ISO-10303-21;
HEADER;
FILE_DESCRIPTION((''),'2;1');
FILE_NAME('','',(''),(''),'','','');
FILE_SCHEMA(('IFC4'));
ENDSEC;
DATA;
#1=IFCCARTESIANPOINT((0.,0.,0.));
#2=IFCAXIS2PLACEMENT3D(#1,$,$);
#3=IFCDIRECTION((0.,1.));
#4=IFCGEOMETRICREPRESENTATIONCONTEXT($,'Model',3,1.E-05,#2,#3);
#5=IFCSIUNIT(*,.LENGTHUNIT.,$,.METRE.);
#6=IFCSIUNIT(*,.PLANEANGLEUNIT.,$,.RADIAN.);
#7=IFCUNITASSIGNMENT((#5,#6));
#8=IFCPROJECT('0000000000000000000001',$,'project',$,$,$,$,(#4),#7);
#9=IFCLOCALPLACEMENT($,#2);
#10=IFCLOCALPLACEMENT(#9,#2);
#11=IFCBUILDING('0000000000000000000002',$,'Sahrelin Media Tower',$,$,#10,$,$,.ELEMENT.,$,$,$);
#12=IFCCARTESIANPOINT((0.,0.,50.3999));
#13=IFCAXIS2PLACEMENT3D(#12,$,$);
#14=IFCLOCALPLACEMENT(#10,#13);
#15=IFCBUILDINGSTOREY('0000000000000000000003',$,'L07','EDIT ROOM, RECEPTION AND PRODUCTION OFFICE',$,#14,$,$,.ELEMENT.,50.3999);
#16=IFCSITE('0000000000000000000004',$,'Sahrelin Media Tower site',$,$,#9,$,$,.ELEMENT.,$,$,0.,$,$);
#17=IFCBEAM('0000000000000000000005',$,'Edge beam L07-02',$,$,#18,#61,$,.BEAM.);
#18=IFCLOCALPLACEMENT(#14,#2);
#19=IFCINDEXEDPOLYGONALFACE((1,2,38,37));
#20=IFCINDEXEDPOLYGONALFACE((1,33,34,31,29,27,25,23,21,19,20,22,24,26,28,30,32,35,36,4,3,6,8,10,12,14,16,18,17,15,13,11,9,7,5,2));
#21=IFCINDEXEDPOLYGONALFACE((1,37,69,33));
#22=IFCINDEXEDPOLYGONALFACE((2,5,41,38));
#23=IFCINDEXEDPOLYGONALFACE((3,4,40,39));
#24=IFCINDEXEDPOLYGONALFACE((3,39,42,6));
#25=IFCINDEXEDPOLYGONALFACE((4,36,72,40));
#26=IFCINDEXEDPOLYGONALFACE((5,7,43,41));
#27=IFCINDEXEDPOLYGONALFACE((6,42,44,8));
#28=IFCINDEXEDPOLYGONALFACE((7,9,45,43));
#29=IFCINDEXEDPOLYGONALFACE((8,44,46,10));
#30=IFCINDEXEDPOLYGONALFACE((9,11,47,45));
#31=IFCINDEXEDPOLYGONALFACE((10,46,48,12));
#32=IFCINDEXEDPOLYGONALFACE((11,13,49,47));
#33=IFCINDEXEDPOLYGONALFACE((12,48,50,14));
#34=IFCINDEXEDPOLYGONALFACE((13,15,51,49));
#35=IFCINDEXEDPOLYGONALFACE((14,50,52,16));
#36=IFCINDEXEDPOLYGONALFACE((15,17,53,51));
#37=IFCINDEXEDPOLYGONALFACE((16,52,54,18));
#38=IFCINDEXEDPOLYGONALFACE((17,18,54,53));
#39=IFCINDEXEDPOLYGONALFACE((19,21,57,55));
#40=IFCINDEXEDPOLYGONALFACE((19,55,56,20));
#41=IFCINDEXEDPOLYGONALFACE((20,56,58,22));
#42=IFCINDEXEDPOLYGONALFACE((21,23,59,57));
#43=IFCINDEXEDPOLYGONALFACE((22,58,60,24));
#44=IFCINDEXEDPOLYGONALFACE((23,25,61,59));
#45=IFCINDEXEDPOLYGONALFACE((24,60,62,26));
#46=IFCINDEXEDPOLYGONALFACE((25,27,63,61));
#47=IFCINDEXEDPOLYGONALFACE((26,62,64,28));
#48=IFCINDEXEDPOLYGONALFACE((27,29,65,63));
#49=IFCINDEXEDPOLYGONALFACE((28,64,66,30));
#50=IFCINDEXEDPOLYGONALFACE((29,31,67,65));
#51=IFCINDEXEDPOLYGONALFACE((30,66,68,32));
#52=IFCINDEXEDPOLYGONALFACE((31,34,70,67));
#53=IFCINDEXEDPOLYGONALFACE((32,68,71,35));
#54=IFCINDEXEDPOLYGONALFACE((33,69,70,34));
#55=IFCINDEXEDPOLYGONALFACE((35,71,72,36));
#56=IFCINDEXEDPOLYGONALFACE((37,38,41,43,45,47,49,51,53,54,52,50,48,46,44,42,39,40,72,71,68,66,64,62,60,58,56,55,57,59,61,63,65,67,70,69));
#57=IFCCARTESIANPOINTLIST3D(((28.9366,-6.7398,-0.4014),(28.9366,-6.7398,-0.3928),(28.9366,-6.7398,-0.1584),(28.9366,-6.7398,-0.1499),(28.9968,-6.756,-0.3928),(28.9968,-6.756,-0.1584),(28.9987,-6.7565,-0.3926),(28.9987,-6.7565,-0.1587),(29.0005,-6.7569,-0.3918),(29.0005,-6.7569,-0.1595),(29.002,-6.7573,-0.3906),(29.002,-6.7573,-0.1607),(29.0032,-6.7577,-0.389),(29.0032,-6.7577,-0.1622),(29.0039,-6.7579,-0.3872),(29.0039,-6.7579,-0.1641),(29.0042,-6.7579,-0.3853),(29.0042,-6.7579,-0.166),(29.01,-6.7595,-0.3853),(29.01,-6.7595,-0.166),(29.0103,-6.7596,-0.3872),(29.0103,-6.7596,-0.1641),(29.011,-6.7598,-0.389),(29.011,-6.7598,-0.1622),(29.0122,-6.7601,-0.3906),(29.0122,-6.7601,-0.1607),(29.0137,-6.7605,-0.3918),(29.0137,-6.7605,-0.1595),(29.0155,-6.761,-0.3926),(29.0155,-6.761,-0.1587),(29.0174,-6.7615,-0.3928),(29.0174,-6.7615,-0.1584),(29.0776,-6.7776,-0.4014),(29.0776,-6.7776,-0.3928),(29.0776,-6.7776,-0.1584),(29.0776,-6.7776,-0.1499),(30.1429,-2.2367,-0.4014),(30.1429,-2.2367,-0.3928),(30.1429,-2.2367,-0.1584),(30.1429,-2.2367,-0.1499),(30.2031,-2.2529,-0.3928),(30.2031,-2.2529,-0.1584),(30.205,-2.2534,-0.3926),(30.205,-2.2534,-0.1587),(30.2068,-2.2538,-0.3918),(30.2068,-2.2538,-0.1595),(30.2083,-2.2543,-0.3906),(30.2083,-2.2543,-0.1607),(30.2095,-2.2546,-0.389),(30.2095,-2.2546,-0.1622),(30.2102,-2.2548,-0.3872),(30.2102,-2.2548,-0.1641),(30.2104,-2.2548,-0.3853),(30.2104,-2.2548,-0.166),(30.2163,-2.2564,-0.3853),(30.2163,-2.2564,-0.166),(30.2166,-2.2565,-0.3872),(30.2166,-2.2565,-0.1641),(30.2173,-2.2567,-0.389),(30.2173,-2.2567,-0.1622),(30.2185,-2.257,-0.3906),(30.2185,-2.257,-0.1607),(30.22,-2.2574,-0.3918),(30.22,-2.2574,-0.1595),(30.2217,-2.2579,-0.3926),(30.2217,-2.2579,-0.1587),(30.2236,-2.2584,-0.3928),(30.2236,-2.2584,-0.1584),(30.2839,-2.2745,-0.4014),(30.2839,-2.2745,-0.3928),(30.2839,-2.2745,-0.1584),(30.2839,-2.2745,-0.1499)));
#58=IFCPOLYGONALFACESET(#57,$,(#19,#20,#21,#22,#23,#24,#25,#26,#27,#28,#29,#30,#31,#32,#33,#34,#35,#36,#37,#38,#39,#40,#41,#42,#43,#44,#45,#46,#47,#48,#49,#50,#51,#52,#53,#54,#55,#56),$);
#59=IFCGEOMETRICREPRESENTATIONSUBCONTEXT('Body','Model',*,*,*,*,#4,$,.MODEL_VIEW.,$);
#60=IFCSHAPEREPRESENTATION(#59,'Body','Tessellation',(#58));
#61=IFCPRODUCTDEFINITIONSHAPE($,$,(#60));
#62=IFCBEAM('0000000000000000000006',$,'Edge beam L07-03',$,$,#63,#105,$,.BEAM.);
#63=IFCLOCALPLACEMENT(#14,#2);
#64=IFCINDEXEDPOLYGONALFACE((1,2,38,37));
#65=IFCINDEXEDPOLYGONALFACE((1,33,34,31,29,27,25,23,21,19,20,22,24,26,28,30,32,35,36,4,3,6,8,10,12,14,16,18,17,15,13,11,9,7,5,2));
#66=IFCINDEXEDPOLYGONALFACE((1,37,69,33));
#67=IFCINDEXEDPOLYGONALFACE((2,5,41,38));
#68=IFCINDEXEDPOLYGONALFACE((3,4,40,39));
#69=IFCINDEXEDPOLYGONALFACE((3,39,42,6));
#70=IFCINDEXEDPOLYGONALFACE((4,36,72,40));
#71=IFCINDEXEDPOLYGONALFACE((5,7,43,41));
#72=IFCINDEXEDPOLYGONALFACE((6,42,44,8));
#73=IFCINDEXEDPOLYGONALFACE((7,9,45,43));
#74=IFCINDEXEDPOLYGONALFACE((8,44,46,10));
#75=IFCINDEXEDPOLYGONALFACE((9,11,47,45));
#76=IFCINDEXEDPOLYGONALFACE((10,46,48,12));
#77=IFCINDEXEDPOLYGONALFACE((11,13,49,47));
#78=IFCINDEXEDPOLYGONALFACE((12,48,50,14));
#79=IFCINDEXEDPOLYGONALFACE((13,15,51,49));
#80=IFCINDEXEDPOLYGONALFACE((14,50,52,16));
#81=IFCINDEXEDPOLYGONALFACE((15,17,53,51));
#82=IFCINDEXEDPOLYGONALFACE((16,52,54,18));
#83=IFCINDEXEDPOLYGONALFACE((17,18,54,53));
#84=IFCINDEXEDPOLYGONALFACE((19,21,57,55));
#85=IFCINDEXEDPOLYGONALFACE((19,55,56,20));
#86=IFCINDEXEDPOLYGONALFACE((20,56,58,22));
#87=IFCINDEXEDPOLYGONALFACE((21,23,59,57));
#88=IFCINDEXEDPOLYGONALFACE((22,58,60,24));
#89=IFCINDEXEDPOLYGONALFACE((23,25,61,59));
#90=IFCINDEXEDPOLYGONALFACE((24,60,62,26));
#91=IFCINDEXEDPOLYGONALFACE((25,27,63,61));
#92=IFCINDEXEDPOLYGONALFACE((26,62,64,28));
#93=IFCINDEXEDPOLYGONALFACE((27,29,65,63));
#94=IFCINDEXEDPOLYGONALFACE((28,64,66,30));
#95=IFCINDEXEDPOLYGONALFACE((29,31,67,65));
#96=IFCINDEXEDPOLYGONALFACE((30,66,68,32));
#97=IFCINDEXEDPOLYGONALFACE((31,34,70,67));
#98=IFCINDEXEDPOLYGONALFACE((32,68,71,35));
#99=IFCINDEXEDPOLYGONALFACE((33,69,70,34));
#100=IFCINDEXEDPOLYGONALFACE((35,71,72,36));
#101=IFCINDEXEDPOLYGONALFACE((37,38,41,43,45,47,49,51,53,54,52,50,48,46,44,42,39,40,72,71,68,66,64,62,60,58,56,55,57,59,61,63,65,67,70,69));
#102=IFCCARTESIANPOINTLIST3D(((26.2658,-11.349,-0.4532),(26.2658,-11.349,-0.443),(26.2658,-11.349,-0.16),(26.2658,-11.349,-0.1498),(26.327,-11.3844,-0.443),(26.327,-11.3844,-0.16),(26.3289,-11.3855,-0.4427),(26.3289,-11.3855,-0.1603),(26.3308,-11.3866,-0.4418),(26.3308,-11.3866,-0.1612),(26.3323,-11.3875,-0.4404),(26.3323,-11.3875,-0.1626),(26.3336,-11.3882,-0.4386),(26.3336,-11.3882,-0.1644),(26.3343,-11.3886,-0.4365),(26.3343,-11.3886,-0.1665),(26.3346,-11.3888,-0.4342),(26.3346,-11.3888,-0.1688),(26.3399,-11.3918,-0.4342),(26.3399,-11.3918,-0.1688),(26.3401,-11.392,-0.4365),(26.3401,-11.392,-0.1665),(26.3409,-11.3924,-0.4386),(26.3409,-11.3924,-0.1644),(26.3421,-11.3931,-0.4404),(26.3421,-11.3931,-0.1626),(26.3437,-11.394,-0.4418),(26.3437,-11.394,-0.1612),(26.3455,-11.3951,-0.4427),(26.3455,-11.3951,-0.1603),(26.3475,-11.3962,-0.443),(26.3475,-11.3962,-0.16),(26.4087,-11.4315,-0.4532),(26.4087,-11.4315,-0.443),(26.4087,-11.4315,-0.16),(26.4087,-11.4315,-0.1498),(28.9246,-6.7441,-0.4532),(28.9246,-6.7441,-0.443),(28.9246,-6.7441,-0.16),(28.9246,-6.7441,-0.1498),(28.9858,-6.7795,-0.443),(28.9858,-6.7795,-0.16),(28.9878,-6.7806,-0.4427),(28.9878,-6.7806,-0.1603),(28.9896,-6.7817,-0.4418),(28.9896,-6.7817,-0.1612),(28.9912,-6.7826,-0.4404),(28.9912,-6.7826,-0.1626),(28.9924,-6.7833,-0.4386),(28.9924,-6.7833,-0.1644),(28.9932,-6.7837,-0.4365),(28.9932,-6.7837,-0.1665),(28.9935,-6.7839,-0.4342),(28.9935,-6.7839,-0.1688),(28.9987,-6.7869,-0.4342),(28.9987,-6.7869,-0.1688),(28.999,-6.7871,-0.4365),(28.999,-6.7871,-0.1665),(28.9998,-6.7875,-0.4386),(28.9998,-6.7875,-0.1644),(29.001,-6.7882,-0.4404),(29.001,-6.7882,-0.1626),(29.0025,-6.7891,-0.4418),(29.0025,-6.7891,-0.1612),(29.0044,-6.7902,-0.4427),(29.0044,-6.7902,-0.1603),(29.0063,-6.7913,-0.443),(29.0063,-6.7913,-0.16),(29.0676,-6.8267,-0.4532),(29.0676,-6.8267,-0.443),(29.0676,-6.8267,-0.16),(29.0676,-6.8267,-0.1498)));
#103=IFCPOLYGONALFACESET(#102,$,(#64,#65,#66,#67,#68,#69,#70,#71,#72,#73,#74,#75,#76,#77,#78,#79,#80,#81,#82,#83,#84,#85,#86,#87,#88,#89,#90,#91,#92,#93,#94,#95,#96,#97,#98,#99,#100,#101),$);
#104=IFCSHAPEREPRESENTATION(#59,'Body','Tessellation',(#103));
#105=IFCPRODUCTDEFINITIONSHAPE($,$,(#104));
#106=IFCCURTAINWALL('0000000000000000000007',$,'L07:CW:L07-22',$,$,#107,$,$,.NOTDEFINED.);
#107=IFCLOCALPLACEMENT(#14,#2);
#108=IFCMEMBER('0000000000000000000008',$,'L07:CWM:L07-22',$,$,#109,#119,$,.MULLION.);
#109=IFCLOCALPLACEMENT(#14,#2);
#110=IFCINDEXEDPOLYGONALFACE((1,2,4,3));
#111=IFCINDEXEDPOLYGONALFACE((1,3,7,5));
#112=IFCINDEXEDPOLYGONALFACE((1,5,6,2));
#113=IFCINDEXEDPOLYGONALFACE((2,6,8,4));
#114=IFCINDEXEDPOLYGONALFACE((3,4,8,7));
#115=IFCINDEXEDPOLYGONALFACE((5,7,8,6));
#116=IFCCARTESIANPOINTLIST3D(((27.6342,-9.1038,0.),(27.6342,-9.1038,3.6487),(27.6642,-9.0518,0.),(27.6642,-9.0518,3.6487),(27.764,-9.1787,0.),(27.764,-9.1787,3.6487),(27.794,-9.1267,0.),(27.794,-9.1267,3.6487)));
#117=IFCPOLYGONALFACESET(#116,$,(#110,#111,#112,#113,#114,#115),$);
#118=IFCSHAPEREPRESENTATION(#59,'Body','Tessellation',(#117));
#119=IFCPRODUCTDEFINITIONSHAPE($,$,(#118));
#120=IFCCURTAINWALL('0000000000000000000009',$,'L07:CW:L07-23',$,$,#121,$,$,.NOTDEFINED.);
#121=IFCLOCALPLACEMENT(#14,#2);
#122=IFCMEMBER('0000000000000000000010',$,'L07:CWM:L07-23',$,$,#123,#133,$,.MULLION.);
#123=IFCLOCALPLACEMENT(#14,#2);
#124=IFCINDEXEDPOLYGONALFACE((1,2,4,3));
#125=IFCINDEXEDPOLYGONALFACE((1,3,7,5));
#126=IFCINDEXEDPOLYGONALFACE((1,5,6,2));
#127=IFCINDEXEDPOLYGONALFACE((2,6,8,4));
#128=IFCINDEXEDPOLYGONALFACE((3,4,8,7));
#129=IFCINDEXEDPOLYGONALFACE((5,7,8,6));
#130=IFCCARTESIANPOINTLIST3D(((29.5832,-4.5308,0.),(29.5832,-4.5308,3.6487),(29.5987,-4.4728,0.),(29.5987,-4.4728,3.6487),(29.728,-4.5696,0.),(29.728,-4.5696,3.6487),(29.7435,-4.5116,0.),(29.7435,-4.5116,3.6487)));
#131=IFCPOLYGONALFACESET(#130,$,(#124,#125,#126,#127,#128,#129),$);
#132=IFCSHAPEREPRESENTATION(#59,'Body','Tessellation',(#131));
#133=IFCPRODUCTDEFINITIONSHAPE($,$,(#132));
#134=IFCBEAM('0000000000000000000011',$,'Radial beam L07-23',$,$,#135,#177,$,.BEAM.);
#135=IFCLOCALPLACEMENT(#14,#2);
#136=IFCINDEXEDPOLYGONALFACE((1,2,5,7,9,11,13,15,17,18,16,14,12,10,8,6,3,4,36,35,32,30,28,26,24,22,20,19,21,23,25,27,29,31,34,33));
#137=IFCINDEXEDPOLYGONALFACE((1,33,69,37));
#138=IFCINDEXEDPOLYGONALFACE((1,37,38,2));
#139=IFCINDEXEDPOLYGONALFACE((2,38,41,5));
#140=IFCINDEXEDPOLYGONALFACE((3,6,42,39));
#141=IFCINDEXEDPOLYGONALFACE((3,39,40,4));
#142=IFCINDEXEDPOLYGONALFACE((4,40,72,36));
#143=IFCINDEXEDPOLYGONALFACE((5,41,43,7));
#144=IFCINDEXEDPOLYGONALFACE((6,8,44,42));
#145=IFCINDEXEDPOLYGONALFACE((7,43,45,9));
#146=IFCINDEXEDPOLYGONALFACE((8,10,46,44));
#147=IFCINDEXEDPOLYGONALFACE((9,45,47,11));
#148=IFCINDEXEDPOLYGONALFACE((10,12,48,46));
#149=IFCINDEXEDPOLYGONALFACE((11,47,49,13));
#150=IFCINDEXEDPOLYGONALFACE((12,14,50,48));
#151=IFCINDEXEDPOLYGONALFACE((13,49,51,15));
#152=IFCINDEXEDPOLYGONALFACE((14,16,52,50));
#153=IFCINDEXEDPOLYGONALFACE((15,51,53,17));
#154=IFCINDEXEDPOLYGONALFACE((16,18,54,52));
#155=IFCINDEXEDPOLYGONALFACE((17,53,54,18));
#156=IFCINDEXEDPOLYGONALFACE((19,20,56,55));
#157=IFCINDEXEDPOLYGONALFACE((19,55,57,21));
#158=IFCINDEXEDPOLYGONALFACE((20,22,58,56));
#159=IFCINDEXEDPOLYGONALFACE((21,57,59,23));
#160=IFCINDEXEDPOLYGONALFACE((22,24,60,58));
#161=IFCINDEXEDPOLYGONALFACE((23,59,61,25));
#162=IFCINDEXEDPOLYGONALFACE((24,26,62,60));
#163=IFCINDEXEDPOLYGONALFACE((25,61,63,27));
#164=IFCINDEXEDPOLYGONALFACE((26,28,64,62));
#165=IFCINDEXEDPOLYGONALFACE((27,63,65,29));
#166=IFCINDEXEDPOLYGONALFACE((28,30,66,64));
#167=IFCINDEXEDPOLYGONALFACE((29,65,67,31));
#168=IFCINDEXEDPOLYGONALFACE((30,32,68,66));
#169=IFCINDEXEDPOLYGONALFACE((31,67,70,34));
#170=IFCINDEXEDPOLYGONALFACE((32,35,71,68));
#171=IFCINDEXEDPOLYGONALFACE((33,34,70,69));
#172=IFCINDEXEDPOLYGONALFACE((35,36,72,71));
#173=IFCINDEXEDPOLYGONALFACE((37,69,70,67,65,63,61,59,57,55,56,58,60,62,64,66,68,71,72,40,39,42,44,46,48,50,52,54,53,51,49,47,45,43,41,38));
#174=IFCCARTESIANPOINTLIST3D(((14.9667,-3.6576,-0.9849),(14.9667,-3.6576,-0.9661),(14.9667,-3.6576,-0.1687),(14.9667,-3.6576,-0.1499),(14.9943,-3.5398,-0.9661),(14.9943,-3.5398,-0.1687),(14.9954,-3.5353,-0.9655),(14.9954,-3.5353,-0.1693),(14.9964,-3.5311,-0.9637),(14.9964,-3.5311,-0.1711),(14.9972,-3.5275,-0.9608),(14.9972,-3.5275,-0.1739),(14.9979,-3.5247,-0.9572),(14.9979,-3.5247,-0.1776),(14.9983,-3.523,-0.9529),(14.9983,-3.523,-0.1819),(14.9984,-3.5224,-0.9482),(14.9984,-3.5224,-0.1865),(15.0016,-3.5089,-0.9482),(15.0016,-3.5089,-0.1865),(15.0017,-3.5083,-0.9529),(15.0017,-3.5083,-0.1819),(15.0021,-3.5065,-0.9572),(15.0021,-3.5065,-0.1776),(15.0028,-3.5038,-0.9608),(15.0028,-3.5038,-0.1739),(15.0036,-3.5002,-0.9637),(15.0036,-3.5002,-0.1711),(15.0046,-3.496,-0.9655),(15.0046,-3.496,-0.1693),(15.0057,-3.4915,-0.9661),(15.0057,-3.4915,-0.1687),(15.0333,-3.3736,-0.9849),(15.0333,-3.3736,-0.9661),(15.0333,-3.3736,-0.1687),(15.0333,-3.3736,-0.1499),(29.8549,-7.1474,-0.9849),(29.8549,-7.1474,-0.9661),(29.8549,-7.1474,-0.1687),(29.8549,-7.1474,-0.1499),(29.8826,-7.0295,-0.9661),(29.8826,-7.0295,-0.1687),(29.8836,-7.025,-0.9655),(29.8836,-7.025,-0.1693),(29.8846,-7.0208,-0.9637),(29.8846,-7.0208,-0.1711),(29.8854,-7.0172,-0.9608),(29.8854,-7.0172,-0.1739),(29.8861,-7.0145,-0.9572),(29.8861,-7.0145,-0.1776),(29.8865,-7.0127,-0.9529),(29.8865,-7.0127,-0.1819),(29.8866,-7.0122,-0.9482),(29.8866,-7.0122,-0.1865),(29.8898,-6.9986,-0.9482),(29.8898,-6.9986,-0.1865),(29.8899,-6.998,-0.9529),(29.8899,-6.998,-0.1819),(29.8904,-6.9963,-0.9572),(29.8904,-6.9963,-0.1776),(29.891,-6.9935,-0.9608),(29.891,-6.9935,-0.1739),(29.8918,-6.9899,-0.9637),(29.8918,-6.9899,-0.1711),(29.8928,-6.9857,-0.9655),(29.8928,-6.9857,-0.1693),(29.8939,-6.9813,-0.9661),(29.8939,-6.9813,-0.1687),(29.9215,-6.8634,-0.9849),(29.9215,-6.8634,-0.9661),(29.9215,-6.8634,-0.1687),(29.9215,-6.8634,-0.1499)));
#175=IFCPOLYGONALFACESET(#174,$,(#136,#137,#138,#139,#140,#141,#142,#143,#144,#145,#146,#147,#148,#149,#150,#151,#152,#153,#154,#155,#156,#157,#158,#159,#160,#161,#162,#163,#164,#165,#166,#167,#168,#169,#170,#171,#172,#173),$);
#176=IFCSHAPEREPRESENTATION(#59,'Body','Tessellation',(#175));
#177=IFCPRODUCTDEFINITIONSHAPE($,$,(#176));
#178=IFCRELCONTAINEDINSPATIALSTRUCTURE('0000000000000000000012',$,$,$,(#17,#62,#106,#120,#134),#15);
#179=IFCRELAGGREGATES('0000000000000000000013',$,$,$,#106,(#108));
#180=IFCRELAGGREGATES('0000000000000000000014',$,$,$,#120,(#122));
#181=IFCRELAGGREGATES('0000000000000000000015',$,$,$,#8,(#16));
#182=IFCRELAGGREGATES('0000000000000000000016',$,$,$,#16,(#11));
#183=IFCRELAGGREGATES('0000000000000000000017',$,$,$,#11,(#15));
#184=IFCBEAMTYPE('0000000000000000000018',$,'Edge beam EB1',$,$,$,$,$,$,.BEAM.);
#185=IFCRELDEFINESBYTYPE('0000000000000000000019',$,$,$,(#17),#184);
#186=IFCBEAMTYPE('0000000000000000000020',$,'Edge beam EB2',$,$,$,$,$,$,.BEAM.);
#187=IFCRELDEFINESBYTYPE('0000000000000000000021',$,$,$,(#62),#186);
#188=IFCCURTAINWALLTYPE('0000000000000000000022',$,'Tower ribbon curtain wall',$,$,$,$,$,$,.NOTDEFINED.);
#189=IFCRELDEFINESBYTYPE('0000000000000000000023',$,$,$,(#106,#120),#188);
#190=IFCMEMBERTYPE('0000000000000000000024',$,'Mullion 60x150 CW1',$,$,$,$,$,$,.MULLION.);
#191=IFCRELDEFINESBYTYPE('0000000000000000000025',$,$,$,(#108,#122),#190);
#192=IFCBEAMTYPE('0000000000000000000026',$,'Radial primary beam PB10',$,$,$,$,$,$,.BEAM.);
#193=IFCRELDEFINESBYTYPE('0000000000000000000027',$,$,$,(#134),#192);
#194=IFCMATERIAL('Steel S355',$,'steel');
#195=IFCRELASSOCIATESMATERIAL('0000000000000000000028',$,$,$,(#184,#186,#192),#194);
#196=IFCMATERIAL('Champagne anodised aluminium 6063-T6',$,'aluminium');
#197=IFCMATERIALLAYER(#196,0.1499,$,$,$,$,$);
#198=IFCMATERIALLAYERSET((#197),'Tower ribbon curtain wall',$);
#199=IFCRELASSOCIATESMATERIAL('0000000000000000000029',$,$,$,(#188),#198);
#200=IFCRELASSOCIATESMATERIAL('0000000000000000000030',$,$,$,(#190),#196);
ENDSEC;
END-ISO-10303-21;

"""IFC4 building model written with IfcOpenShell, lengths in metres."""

from ifc_helpers import new_model, si_unit, direction, frame, origin, origin_2d, place, context, subcontext, project, spatial, rectangle, i_section, extrude, material, layer, layer_set, material_profile, profile_set, type_object, element, aggregate, save


model = new_model("IFC4")

# Units and contexts
model_context = context("Model", 3, precision=1e-05, world=origin(), true_north=direction((0.0, 1.0)))
body_context = subcontext(model_context, "Body", "Model", "MODEL_VIEW")
ifc_project = project(units=[si_unit("LENGTHUNIT", "METRE"), si_unit("PLANEANGLEUNIT", "RADIAN")], contexts=[model_context])

# Site, building, storey
site_placement = place(None, origin())
site = spatial("IfcSite", under=ifc_project, at=site_placement, Name="Sahrelin Media Tower site", CompositionType="ELEMENT", RefElevation=0.0)
building_placement = place(site_placement, origin())
building = spatial("IfcBuilding", under=site, at=building_placement, Name="Sahrelin Media Tower", CompositionType="ELEMENT")
storey_placement = place(building_placement, frame((0.0, 0.0, 50.3999)))
storey = spatial("IfcBuildingStorey", under=building, at=storey_placement, Name="L07", Description="EDIT ROOM, RECEPTION AND PRODUCTION OFFICE", CompositionType="ELEMENT", Elevation=50.3999)

# Beams
ifc_material_1 = material(Name="Steel S355", Category="steel")
ifc_material_profile_1 = material_profile(ifc_material_1, i_section(OverallWidth=0.146, OverallDepth=0.2515, WebThickness=0.0061, FlangeThickness=0.0085, FilletRadius=0.0076, at=origin_2d()), Name="UB 254x146x31")
ifc_profile_set_1 = profile_set([ifc_material_profile_1], Name="Steel S355")
beam_type_1 = type_object("IfcBeamType", Name="Edge beam EB1", PredefinedType="BEAM", material=ifc_profile_set_1)
beam_1_placement = place(storey_placement, frame((30.2134, -2.2556, -0.2756), z_axis=(-0.258754, -0.965943, 0.0), x_axis=(0.965943, -0.258754, 0.0)))
element("IfcBeam", 1, at=beam_1_placement, inside=storey, type_object=beam_type_1, Name="Edge beam L07-02", PredefinedType="BEAM", context=body_context, shape_type="SweptSolid", body=[
    extrude(i_section(OverallWidth=0.146, OverallDepth=0.2515, WebThickness=0.0061, FlangeThickness=0.0085, FilletRadius=0.0076, at=origin_2d()), origin(), (0.0, 0.0, 1.0), 4.6619),
])
ifc_material_profile_2 = material_profile(ifc_material_1, i_section(OverallWidth=0.165, OverallDepth=0.3035, WebThickness=0.0061, FlangeThickness=0.0103, FilletRadius=0.0088, at=origin_2d()), Name="UB 305x165x40")
ifc_profile_set_2 = profile_set([ifc_material_profile_2], Name="Steel S355")
beam_type_2 = type_object("IfcBeamType", Name="Edge beam EB2", PredefinedType="BEAM", material=ifc_profile_set_2)
beam_2_placement = place(storey_placement, frame((28.9961, -6.7854, -0.3015), z_axis=(-0.500035, -0.866005, 0.0), x_axis=(0.866005, -0.500035, 0.0)))
element("IfcBeam", 2, at=beam_2_placement, inside=storey, type_object=beam_type_2, Name="Edge beam L07-03", PredefinedType="BEAM", context=body_context, shape_type="SweptSolid", body=[
    extrude(i_section(OverallWidth=0.165, OverallDepth=0.3035, WebThickness=0.0061, FlangeThickness=0.0103, FilletRadius=0.0088, at=origin_2d()), origin(), (0.0, 0.0, 1.0), 5.3174),
])

# Curtain walls, members
ifc_material_2 = material(Name="Champagne anodised aluminium 6063-T6", Category="aluminium")
ifc_layer_1 = layer(ifc_material_2, 0.1499)
ifc_layer_set_1 = layer_set([ifc_layer_1], Name="Tower ribbon curtain wall")
curtain_wall_type = type_object("IfcCurtainWallType", Name="Tower ribbon curtain wall", PredefinedType="NOTDEFINED", material=ifc_layer_set_1)
curtain_wall_1_placement = place(storey_placement, frame((27.7964, -9.1628, 0.0), z_axis=(0.0, 0.0, 1.0), x_axis=(1.0, 0.0, 0.0)))
curtain_wall_1 = element("IfcCurtainWall", 3, at=curtain_wall_1_placement, inside=storey, type_object=curtain_wall_type, Name="L07:CW:L07-22", PredefinedType="NOTDEFINED")
ifc_material_profile_3 = material_profile(ifc_material_2, rectangle(XDim=0.0601, YDim=0.1499, at=origin_2d()), Name="Mullion 60x150")
ifc_profile_set_3 = profile_set([ifc_material_profile_3], Name="Champagne anodised aluminium 6063-T6")
member_type_1 = type_object("IfcMemberType", Name="Mullion 60x150 CW1", PredefinedType="MULLION", material=ifc_profile_set_3)
member_1_placement = place(storey_placement, frame((27.7141, -9.1152, 0.0), z_axis=(0.0, 0.0, 1.0), x_axis=(0.500002, 0.866025, 0.0)))
member_1 = element("IfcMember", 4, at=member_1_placement, type_object=member_type_1, Name="L07:CWM:L07-22", PredefinedType="MULLION", context=body_context, shape_type="SweptSolid", body=[
    extrude(rectangle(XDim=0.0601, YDim=0.1499, at=origin_2d()), origin(), (0.0, 0.0, 1.0), 3.6487),
])
aggregate(curtain_wall_1, [member_1])
curtain_wall_2_placement = place(storey_placement, frame((29.7551, -4.5459, 0.0), z_axis=(0.0, 0.0, 1.0), x_axis=(1.0, 0.0, 0.0)))
curtain_wall_2 = element("IfcCurtainWall", 5, at=curtain_wall_2_placement, inside=storey, type_object=curtain_wall_type, Name="L07:CW:L07-23", PredefinedType="NOTDEFINED")
member_2_placement = place(storey_placement, frame((29.6633, -4.5212, 0.0), z_axis=(0.0, 0.0, 1.0), x_axis=(0.258806, 0.965929, 0.0)))
member_2 = element("IfcMember", 6, at=member_2_placement, type_object=member_type_1, Name="L07:CWM:L07-23", PredefinedType="MULLION", context=body_context, shape_type="SweptSolid", body=[
    extrude(rectangle(XDim=0.0601, YDim=0.1499, at=origin_2d()), origin(), (0.0, 0.0, 1.0), 3.6487),
])

# Beam
ifc_material_profile_4 = material_profile(ifc_material_1, i_section(OverallWidth=0.2917, OverallDepth=0.835, WebThickness=0.0139, FlangeThickness=0.0188, FilletRadius=0.0178, at=origin_2d()), Name="UB 838x292x176")
ifc_profile_set_4 = profile_set([ifc_material_profile_4], Name="Steel S355")
beam_type_3 = type_object("IfcBeamType", Name="Radial primary beam PB10", PredefinedType="BEAM", material=ifc_profile_set_4)
beam_3_placement = place(storey_placement, frame((15.0, -3.5156, -0.5674), z_axis=(0.973612, -0.228212, 0.0), x_axis=(0.228212, 0.973612, 0.0)))
element("IfcBeam", 7, at=beam_3_placement, inside=storey, type_object=beam_type_3, Name="Radial beam L07-23", PredefinedType="BEAM", context=body_context, shape_type="SweptSolid", body=[
    extrude(i_section(OverallWidth=0.2917, OverallDepth=0.835, WebThickness=0.0139, FlangeThickness=0.0188, FilletRadius=0.0178, at=origin_2d()), origin(), (0.0, 0.0, 1.0), 15.2917),
])

aggregate(curtain_wall_2, [member_2])

save(model, "model.ifc")
